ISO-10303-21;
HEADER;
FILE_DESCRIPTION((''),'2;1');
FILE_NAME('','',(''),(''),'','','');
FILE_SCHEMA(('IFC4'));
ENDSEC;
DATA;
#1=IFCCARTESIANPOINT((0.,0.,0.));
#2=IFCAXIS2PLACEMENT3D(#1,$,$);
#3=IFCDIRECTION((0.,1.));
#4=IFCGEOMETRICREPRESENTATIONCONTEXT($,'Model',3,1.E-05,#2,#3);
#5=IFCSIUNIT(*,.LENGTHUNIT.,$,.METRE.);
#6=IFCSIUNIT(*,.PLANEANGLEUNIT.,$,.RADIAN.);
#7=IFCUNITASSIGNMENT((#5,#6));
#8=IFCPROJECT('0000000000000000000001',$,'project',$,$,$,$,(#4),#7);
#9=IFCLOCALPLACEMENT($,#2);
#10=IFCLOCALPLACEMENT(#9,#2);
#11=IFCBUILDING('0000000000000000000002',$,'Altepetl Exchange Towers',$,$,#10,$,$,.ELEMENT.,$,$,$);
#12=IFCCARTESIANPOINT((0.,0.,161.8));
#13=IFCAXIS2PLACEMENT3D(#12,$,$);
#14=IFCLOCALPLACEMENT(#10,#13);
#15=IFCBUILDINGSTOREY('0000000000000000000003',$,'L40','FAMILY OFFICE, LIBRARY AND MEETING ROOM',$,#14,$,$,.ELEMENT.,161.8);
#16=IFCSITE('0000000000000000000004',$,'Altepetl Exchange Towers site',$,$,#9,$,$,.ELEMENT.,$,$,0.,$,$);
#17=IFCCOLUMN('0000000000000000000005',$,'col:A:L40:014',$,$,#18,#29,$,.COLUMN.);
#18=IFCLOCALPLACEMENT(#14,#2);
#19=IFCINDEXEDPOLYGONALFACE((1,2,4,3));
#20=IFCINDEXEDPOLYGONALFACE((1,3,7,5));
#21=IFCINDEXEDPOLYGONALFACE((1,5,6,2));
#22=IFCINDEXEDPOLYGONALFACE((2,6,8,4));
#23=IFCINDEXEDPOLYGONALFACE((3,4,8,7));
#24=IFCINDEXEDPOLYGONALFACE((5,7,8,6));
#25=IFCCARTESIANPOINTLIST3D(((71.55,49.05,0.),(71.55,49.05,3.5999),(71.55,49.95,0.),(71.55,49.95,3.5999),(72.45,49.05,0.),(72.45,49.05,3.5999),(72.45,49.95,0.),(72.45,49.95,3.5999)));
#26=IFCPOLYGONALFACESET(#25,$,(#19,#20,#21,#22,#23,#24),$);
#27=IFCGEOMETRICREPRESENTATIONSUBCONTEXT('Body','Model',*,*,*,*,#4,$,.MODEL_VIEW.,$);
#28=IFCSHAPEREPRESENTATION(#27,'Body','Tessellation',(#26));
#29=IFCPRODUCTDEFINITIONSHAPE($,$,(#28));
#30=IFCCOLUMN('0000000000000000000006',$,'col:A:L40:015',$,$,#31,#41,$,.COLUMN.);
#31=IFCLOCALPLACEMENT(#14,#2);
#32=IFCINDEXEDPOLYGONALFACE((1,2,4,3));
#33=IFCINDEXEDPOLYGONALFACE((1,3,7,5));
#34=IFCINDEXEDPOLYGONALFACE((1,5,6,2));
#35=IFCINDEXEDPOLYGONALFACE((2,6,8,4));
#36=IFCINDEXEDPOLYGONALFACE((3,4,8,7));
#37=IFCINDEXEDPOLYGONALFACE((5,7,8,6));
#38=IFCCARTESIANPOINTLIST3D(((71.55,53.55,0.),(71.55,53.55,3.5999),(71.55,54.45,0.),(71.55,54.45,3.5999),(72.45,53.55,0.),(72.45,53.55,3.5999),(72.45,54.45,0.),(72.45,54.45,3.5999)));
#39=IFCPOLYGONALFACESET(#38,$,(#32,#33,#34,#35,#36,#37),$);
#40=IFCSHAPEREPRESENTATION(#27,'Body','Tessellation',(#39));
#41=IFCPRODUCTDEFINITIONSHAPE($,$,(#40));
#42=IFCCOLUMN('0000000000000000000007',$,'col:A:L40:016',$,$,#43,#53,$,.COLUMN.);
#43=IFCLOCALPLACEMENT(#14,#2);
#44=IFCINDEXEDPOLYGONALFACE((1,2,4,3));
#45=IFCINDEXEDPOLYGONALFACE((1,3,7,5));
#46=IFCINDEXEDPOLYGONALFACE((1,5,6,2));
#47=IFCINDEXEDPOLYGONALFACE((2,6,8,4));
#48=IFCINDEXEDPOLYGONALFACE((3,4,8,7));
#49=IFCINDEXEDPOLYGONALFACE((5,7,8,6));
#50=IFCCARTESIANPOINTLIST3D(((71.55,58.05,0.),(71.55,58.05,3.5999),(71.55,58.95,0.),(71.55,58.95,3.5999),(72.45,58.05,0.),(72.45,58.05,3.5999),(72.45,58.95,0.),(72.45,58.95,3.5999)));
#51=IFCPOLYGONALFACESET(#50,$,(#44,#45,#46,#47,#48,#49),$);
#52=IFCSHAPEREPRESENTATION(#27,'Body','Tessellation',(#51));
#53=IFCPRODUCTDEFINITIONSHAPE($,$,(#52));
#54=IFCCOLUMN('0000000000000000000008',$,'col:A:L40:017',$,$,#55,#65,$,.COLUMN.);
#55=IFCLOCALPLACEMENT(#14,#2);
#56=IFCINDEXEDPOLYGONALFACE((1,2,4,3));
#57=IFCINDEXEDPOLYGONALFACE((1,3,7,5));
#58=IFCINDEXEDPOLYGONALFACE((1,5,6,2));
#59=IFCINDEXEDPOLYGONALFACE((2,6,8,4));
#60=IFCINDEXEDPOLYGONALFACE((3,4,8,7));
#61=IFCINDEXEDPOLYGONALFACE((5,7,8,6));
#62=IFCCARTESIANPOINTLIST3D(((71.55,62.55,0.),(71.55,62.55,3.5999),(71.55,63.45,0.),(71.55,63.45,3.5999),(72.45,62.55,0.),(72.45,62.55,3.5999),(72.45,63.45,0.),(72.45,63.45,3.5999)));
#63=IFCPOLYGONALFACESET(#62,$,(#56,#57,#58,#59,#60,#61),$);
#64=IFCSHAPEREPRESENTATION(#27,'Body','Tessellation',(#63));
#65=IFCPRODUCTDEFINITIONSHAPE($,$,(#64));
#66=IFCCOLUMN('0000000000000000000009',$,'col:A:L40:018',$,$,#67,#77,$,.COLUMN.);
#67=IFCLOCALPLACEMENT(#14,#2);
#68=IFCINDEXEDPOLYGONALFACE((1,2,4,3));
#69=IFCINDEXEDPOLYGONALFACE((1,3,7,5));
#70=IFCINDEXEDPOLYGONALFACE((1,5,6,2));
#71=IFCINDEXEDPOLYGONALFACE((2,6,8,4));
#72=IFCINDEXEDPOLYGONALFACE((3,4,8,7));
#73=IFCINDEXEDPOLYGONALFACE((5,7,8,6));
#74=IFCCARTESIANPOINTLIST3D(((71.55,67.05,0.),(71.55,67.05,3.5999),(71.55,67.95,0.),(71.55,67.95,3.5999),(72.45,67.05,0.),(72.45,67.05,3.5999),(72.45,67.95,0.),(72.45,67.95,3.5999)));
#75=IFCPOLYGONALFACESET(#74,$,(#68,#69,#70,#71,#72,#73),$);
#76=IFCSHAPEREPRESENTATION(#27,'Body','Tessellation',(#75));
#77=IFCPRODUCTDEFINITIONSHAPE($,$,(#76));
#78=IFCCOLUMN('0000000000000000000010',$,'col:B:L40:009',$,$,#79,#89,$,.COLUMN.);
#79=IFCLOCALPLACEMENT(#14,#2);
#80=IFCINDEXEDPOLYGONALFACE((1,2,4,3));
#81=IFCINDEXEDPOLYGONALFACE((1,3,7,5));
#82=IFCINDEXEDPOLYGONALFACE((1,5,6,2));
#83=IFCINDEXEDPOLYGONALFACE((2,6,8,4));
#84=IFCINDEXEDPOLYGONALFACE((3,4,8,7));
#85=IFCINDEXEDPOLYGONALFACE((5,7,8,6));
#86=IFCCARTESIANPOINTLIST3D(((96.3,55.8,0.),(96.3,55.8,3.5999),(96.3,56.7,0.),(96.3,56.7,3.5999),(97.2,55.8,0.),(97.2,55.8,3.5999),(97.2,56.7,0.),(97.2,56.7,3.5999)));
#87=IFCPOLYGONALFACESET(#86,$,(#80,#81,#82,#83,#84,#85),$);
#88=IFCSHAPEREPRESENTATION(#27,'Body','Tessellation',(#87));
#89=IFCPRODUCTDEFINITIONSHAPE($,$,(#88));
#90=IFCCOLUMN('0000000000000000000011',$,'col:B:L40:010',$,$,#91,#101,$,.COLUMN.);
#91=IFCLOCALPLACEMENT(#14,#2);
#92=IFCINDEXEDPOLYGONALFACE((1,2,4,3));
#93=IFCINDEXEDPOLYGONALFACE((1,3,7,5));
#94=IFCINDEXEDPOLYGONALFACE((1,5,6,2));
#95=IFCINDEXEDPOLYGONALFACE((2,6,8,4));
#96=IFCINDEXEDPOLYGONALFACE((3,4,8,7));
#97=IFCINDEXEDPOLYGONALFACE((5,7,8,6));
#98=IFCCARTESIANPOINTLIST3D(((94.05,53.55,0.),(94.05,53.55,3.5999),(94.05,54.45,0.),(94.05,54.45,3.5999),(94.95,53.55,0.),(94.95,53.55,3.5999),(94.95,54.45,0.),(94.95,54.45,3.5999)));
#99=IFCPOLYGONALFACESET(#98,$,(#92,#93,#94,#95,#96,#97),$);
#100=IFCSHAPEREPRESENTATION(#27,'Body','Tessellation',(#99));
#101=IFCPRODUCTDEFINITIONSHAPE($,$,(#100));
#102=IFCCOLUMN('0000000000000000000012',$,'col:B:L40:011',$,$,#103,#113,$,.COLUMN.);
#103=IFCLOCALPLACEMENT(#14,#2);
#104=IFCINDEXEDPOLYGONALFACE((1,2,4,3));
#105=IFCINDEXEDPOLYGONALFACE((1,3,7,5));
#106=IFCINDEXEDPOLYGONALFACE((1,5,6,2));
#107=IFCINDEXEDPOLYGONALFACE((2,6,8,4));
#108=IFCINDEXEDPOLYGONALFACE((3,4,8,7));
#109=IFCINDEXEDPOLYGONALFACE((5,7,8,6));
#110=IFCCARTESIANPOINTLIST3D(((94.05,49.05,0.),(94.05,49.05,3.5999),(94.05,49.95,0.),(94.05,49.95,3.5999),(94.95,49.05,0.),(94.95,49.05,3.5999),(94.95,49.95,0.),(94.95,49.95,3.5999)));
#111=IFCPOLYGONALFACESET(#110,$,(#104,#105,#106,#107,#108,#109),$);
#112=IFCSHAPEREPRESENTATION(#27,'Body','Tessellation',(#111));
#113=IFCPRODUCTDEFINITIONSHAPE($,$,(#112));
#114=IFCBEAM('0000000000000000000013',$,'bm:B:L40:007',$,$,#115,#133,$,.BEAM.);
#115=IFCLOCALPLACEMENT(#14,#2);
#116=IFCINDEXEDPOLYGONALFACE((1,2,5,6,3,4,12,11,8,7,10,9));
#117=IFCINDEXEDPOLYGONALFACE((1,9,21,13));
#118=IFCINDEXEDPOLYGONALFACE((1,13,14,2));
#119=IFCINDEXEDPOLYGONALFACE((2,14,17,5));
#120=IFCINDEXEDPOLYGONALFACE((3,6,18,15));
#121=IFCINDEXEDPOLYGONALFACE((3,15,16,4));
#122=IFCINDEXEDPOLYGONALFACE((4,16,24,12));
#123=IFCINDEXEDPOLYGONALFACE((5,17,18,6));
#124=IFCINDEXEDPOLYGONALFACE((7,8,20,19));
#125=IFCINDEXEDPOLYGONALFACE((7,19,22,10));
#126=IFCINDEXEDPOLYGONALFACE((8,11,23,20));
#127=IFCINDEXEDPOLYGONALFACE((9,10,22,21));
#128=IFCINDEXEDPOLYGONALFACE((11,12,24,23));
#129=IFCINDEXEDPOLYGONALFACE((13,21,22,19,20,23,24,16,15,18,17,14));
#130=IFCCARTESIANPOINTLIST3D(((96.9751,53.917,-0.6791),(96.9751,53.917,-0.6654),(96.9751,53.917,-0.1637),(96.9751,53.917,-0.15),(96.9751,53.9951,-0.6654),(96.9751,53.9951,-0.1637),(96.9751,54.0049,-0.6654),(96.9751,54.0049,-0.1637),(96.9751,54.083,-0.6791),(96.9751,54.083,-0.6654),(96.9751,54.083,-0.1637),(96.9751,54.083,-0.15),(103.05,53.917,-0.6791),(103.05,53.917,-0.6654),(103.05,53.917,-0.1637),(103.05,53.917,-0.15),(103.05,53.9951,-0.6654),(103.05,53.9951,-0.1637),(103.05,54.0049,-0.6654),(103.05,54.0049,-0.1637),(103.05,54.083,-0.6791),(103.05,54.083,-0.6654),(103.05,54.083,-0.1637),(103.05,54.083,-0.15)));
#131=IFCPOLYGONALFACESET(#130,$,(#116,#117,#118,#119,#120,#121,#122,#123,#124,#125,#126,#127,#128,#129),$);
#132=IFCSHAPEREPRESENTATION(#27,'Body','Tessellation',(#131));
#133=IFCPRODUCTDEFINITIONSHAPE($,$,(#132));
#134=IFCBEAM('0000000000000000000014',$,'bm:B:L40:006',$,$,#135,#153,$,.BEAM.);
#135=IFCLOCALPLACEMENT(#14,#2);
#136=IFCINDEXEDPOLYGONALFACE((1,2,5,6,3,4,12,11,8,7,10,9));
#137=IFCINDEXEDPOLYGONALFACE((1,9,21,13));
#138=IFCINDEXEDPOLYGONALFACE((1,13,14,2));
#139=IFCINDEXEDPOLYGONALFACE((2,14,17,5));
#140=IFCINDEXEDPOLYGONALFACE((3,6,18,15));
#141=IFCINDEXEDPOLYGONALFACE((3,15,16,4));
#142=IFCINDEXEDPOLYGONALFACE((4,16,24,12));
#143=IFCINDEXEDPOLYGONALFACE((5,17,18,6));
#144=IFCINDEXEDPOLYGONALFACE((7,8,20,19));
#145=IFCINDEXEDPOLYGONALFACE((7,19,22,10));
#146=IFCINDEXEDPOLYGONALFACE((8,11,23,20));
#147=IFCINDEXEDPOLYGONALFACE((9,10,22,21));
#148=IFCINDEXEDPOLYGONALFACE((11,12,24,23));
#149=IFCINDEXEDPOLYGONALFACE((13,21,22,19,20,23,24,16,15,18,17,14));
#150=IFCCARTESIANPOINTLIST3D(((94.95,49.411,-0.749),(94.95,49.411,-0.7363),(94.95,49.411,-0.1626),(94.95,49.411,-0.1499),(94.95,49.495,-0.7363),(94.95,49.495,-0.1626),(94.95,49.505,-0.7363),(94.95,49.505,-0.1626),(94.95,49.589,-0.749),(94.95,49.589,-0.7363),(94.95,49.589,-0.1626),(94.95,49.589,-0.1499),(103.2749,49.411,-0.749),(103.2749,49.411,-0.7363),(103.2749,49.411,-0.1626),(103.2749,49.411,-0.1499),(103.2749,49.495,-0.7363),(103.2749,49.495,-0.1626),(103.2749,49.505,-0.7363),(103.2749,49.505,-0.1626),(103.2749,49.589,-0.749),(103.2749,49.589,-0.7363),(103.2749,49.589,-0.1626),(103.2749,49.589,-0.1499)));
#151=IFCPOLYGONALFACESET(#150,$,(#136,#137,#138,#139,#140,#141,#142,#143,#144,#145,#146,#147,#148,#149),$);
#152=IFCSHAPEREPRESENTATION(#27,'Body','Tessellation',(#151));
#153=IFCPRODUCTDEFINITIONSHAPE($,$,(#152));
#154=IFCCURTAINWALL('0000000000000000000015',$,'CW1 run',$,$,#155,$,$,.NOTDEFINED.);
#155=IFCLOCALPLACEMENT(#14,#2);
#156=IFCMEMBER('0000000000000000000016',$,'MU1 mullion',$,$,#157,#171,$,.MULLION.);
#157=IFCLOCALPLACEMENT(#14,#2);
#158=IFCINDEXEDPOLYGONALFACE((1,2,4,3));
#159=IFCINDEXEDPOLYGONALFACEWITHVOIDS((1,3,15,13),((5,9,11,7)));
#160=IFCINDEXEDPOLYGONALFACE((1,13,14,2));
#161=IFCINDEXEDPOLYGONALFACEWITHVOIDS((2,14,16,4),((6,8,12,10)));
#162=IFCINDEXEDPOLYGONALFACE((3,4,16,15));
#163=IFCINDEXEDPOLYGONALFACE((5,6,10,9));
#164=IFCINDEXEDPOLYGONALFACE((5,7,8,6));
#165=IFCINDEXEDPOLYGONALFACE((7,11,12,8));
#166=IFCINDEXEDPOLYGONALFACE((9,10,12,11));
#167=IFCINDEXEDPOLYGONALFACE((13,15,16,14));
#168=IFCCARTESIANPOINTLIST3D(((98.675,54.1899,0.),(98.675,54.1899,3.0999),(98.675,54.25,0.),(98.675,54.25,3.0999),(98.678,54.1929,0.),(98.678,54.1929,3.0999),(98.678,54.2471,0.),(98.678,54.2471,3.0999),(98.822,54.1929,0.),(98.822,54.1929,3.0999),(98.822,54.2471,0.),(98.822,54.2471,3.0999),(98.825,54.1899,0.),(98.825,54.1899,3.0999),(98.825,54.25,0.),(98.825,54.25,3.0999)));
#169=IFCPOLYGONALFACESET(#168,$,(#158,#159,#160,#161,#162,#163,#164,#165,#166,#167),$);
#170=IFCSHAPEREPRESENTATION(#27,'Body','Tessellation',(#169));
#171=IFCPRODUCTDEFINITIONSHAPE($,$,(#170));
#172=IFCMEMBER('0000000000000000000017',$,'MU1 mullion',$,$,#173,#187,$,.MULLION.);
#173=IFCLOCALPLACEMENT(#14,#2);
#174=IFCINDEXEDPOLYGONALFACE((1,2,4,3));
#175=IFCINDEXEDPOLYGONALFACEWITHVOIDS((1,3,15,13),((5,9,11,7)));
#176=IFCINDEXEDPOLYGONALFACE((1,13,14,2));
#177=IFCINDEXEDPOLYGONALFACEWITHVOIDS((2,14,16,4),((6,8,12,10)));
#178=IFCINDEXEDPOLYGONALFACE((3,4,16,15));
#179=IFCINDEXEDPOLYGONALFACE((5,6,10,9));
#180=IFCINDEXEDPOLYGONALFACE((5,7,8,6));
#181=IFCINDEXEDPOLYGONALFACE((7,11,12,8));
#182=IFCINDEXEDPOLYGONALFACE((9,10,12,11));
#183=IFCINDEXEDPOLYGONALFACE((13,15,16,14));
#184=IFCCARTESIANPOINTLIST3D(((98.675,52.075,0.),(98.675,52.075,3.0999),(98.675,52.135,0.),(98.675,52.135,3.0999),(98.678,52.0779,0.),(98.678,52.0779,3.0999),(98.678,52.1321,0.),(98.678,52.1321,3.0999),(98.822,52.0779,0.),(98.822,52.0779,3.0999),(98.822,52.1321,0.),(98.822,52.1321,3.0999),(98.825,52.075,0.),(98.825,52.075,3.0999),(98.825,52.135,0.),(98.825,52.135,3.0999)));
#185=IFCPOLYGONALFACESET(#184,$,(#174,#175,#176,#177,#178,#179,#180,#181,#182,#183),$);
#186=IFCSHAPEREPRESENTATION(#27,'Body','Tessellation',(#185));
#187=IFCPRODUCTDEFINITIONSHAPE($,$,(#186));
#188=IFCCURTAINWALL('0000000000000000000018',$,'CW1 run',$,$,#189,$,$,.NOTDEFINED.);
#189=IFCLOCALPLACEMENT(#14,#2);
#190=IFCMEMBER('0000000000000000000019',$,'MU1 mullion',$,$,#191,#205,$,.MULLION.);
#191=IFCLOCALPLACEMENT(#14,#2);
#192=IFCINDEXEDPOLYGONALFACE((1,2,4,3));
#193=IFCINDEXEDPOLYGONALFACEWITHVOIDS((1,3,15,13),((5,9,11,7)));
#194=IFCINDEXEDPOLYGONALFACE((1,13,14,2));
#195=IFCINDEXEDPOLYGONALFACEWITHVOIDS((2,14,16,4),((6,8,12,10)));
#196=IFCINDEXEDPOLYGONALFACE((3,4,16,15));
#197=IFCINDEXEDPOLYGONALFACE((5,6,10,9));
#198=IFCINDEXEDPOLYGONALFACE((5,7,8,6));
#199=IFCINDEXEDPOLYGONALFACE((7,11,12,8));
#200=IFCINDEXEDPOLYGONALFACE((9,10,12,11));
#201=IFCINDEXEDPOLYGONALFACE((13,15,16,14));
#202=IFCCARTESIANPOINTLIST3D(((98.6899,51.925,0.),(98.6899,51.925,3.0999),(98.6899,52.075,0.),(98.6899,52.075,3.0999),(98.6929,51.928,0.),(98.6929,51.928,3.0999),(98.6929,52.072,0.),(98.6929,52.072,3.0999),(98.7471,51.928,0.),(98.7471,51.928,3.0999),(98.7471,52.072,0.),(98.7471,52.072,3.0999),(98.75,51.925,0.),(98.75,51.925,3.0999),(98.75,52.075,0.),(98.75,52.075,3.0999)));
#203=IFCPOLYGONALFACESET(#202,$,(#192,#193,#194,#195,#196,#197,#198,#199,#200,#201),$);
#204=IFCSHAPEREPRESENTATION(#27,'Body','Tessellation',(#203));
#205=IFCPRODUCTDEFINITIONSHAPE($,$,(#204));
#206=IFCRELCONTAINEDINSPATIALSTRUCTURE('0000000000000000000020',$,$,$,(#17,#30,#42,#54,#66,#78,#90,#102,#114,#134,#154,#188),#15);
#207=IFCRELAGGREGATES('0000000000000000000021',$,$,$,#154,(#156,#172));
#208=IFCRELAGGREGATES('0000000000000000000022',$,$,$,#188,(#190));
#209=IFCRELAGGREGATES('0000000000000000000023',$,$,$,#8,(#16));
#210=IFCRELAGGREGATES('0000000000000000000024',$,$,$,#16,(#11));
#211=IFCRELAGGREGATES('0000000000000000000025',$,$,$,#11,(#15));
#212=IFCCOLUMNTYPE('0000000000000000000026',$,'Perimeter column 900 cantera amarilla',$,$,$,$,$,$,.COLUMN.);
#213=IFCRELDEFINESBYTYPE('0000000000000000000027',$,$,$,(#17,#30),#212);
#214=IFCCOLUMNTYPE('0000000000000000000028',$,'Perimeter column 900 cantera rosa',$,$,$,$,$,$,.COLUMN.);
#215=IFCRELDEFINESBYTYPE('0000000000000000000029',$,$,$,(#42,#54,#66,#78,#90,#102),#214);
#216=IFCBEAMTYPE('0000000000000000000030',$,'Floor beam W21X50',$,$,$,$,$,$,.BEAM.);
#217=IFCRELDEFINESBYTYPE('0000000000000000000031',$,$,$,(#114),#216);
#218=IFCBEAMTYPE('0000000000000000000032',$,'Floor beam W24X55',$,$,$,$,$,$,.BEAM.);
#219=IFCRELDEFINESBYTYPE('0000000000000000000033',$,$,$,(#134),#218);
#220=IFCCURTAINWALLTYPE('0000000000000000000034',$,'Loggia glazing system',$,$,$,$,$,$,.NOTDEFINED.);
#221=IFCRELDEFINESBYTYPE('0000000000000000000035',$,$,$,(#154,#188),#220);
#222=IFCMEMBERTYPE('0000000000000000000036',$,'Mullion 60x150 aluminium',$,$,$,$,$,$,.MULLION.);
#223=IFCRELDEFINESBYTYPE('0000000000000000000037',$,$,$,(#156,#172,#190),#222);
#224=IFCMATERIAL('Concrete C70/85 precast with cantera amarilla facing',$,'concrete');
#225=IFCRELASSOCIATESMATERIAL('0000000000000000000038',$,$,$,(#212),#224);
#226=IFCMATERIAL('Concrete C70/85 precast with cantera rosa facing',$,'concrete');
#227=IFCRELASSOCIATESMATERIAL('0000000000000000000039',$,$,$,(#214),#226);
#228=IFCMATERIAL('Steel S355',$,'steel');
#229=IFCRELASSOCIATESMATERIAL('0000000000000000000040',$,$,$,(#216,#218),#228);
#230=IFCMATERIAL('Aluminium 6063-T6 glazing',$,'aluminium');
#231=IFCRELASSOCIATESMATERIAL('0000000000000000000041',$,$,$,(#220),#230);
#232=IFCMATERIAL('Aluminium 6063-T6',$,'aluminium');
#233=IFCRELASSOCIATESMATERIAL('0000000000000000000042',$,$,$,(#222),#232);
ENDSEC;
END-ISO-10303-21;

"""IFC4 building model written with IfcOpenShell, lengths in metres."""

from ifc_helpers import new_model, si_unit, direction, frame, origin, origin_2d, place, context, subcontext, project, spatial, rectangle, hollow_rectangle, i_section, extrude, material, material_profile, profile_set, type_object, element, aggregate, save


model = new_model("IFC4")

# Units and contexts
model_context = context("Model", 3, precision=1e-05, world=origin(), true_north=direction((0.0, 1.0)))
body_context = subcontext(model_context, "Body", "Model", "MODEL_VIEW")
ifc_project = project(units=[si_unit("LENGTHUNIT", "METRE"), si_unit("PLANEANGLEUNIT", "RADIAN")], contexts=[model_context])

# Site, building, storey
site_placement = place(None, origin())
site = spatial("IfcSite", under=ifc_project, at=site_placement, Name="Altepetl Exchange Towers site", CompositionType="ELEMENT", RefElevation=0.0)
building_placement = place(site_placement, origin())
building = spatial("IfcBuilding", under=site, at=building_placement, Name="Altepetl Exchange Towers", CompositionType="ELEMENT")
storey_placement = place(building_placement, frame((0.0, 0.0, 161.8)))
storey = spatial("IfcBuildingStorey", under=building, at=storey_placement, Name="L40", Description="FAMILY OFFICE, LIBRARY AND MEETING ROOM", CompositionType="ELEMENT", Elevation=161.8)

# Columns
ifc_material_1 = material(Name="Concrete C70/85 precast with cantera amarilla facing", Category="concrete")
ifc_material_profile_1 = material_profile(ifc_material_1, rectangle(XDim=0.8999, YDim=0.8999, at=origin_2d()), Name="900 x 900")
ifc_profile_set_1 = profile_set([ifc_material_profile_1], Name="Concrete C70/85 precast with cantera amarilla facing")
column_type_1 = type_object("IfcColumnType", Name="Perimeter column 900 cantera amarilla", PredefinedType="COLUMN", material=ifc_profile_set_1)
for number, where, name in (
    (1, (72.0, 49.5, 0.0), "col:A:L40:014"),
    (2, (72.0, 54.0, 0.0), "col:A:L40:015"),
):
    element("IfcColumn", number, at=place(storey_placement, frame(where)), inside=storey, type_object=column_type_1, Name=name, PredefinedType="COLUMN", context=body_context, shape_type="SweptSolid", body=[
        extrude(rectangle(XDim=0.8999, YDim=0.8999, at=origin_2d()), origin(), (0.0, 0.0, 1.0), 3.5999),
    ])
ifc_material_2 = material(Name="Concrete C70/85 precast with cantera rosa facing", Category="concrete")
ifc_material_profile_2 = material_profile(ifc_material_2, rectangle(XDim=0.8999, YDim=0.8999, at=origin_2d()), Name="900 x 900")
ifc_profile_set_2 = profile_set([ifc_material_profile_2], Name="Concrete C70/85 precast with cantera rosa facing")
column_type_2 = type_object("IfcColumnType", Name="Perimeter column 900 cantera rosa", PredefinedType="COLUMN", material=ifc_profile_set_2)
for number, where, name in (
    (3, (72.0, 58.5, 0.0), "col:A:L40:016"),
    (4, (72.0, 63.0, 0.0), "col:A:L40:017"),
    (5, (72.0, 67.5, 0.0), "col:A:L40:018"),
    (6, (96.75, 56.25, 0.0), "col:B:L40:009"),
    (7, (94.5, 54.0, 0.0), "col:B:L40:010"),
    (8, (94.5, 49.5, 0.0), "col:B:L40:011"),
):
    element("IfcColumn", number, at=place(storey_placement, frame(where)), inside=storey, type_object=column_type_2, Name=name, PredefinedType="COLUMN", context=body_context, shape_type="SweptSolid", body=[
        extrude(rectangle(XDim=0.8999, YDim=0.8999, at=origin_2d()), origin(), (0.0, 0.0, 1.0), 3.5999),
    ])

# Beams
ifc_material_3 = material(Name="Steel S355", Category="steel")
ifc_material_profile_3 = material_profile(ifc_material_3, i_section(OverallWidth=0.166, OverallDepth=0.5291, WebThickness=0.0098, FlangeThickness=0.0137, at=origin_2d()), Name="W21X50")
ifc_profile_set_3 = profile_set([ifc_material_profile_3], Name="Steel S355")
beam_type_1 = type_object("IfcBeamType", Name="Floor beam W21X50", PredefinedType="BEAM", material=ifc_profile_set_3)
beam_1_placement = place(storey_placement, frame((96.9751, 54.0, -0.4146), z_axis=(1.0, 0.0, 0.0), x_axis=(0.0, 1.0, 0.0)))
element("IfcBeam", 9, at=beam_1_placement, inside=storey, type_object=beam_type_1, Name="bm:B:L40:007", PredefinedType="BEAM", context=body_context, shape_type="SweptSolid", body=[
    extrude(i_section(OverallWidth=0.166, OverallDepth=0.5291, WebThickness=0.0098, FlangeThickness=0.0137, at=origin_2d()), origin(), (0.0, 0.0, 1.0), 6.075),
])
ifc_material_profile_4 = material_profile(ifc_material_3, i_section(OverallWidth=0.178, OverallDepth=0.5991, WebThickness=0.01, FlangeThickness=0.0127, at=origin_2d()), Name="W24X55")
ifc_profile_set_4 = profile_set([ifc_material_profile_4], Name="Steel S355")
beam_type_2 = type_object("IfcBeamType", Name="Floor beam W24X55", PredefinedType="BEAM", material=ifc_profile_set_4)
beam_2_placement = place(storey_placement, frame((94.95, 49.5, -0.4495), z_axis=(1.0, 0.0, 0.0), x_axis=(0.0, 1.0, 0.0)))
element("IfcBeam", 10, at=beam_2_placement, inside=storey, type_object=beam_type_2, Name="bm:B:L40:006", PredefinedType="BEAM", context=body_context, shape_type="SweptSolid", body=[
    extrude(i_section(OverallWidth=0.178, OverallDepth=0.5991, WebThickness=0.01, FlangeThickness=0.0127, at=origin_2d()), origin(), (0.0, 0.0, 1.0), 8.325),
])

# Curtain walls, members
ifc_material_4 = material(Name="Aluminium 6063-T6 glazing", Category="aluminium")
curtain_wall_type = type_object("IfcCurtainWallType", Name="Loggia glazing system", PredefinedType="NOTDEFINED", material=ifc_material_4)
curtain_wall_1_placement = place(storey_placement, origin())
curtain_wall_1 = element("IfcCurtainWall", 11, at=curtain_wall_1_placement, inside=storey, type_object=curtain_wall_type, Name="CW1 run", PredefinedType="NOTDEFINED")
ifc_material_5 = material(Name="Aluminium 6063-T6", Category="aluminium")
ifc_material_profile_5 = material_profile(ifc_material_5, hollow_rectangle(XDim=0.0601, YDim=0.1499, WallThickness=0.0029, at=origin_2d()), Name="Mullion 60x150 aluminium")
ifc_profile_set_5 = profile_set([ifc_material_profile_5], Name="Aluminium 6063-T6")
member_type = type_object("IfcMemberType", Name="Mullion 60x150 aluminium", PredefinedType="MULLION", material=ifc_profile_set_5)
member_1_placement = place(storey_placement, frame((98.75, 54.22, 0.0), z_axis=(0.0, 0.0, 1.0), x_axis=(0.0, -1.0, 0.0)))
member_1 = element("IfcMember", 12, at=member_1_placement, type_object=member_type, Name="MU1 mullion", PredefinedType="MULLION", context=body_context, shape_type="SweptSolid", body=[
    extrude(hollow_rectangle(XDim=0.0601, YDim=0.1499, WallThickness=0.0029, at=origin_2d()), origin(), (0.0, 0.0, 1.0), 3.0999),
])
member_2_placement = place(storey_placement, frame((98.75, 52.105, 0.0), z_axis=(0.0, 0.0, 1.0), x_axis=(0.0, -1.0, 0.0)))
member_2 = element("IfcMember", 13, at=member_2_placement, type_object=member_type, Name="MU1 mullion", PredefinedType="MULLION", context=body_context, shape_type="SweptSolid", body=[
    extrude(hollow_rectangle(XDim=0.0601, YDim=0.1499, WallThickness=0.0029, at=origin_2d()), origin(), (0.0, 0.0, 1.0), 3.0999),
])
aggregate(curtain_wall_1, [member_1, member_2])
curtain_wall_2_placement = place(storey_placement, origin())
curtain_wall_2 = element("IfcCurtainWall", 14, at=curtain_wall_2_placement, inside=storey, type_object=curtain_wall_type, Name="CW1 run", PredefinedType="NOTDEFINED")
member_3_placement = place(storey_placement, frame((98.72, 52.0, 0.0), z_axis=(0.0, 0.0, 1.0), x_axis=(-1.0, 0.0, 0.0)))
member_3 = element("IfcMember", 15, at=member_3_placement, type_object=member_type, Name="MU1 mullion", PredefinedType="MULLION", context=body_context, shape_type="SweptSolid", body=[
    extrude(hollow_rectangle(XDim=0.0601, YDim=0.1499, WallThickness=0.0029, at=origin_2d()), origin(), (0.0, 0.0, 1.0), 3.0999),
])

aggregate(curtain_wall_2, [member_3])

save(model, "model.ifc")
